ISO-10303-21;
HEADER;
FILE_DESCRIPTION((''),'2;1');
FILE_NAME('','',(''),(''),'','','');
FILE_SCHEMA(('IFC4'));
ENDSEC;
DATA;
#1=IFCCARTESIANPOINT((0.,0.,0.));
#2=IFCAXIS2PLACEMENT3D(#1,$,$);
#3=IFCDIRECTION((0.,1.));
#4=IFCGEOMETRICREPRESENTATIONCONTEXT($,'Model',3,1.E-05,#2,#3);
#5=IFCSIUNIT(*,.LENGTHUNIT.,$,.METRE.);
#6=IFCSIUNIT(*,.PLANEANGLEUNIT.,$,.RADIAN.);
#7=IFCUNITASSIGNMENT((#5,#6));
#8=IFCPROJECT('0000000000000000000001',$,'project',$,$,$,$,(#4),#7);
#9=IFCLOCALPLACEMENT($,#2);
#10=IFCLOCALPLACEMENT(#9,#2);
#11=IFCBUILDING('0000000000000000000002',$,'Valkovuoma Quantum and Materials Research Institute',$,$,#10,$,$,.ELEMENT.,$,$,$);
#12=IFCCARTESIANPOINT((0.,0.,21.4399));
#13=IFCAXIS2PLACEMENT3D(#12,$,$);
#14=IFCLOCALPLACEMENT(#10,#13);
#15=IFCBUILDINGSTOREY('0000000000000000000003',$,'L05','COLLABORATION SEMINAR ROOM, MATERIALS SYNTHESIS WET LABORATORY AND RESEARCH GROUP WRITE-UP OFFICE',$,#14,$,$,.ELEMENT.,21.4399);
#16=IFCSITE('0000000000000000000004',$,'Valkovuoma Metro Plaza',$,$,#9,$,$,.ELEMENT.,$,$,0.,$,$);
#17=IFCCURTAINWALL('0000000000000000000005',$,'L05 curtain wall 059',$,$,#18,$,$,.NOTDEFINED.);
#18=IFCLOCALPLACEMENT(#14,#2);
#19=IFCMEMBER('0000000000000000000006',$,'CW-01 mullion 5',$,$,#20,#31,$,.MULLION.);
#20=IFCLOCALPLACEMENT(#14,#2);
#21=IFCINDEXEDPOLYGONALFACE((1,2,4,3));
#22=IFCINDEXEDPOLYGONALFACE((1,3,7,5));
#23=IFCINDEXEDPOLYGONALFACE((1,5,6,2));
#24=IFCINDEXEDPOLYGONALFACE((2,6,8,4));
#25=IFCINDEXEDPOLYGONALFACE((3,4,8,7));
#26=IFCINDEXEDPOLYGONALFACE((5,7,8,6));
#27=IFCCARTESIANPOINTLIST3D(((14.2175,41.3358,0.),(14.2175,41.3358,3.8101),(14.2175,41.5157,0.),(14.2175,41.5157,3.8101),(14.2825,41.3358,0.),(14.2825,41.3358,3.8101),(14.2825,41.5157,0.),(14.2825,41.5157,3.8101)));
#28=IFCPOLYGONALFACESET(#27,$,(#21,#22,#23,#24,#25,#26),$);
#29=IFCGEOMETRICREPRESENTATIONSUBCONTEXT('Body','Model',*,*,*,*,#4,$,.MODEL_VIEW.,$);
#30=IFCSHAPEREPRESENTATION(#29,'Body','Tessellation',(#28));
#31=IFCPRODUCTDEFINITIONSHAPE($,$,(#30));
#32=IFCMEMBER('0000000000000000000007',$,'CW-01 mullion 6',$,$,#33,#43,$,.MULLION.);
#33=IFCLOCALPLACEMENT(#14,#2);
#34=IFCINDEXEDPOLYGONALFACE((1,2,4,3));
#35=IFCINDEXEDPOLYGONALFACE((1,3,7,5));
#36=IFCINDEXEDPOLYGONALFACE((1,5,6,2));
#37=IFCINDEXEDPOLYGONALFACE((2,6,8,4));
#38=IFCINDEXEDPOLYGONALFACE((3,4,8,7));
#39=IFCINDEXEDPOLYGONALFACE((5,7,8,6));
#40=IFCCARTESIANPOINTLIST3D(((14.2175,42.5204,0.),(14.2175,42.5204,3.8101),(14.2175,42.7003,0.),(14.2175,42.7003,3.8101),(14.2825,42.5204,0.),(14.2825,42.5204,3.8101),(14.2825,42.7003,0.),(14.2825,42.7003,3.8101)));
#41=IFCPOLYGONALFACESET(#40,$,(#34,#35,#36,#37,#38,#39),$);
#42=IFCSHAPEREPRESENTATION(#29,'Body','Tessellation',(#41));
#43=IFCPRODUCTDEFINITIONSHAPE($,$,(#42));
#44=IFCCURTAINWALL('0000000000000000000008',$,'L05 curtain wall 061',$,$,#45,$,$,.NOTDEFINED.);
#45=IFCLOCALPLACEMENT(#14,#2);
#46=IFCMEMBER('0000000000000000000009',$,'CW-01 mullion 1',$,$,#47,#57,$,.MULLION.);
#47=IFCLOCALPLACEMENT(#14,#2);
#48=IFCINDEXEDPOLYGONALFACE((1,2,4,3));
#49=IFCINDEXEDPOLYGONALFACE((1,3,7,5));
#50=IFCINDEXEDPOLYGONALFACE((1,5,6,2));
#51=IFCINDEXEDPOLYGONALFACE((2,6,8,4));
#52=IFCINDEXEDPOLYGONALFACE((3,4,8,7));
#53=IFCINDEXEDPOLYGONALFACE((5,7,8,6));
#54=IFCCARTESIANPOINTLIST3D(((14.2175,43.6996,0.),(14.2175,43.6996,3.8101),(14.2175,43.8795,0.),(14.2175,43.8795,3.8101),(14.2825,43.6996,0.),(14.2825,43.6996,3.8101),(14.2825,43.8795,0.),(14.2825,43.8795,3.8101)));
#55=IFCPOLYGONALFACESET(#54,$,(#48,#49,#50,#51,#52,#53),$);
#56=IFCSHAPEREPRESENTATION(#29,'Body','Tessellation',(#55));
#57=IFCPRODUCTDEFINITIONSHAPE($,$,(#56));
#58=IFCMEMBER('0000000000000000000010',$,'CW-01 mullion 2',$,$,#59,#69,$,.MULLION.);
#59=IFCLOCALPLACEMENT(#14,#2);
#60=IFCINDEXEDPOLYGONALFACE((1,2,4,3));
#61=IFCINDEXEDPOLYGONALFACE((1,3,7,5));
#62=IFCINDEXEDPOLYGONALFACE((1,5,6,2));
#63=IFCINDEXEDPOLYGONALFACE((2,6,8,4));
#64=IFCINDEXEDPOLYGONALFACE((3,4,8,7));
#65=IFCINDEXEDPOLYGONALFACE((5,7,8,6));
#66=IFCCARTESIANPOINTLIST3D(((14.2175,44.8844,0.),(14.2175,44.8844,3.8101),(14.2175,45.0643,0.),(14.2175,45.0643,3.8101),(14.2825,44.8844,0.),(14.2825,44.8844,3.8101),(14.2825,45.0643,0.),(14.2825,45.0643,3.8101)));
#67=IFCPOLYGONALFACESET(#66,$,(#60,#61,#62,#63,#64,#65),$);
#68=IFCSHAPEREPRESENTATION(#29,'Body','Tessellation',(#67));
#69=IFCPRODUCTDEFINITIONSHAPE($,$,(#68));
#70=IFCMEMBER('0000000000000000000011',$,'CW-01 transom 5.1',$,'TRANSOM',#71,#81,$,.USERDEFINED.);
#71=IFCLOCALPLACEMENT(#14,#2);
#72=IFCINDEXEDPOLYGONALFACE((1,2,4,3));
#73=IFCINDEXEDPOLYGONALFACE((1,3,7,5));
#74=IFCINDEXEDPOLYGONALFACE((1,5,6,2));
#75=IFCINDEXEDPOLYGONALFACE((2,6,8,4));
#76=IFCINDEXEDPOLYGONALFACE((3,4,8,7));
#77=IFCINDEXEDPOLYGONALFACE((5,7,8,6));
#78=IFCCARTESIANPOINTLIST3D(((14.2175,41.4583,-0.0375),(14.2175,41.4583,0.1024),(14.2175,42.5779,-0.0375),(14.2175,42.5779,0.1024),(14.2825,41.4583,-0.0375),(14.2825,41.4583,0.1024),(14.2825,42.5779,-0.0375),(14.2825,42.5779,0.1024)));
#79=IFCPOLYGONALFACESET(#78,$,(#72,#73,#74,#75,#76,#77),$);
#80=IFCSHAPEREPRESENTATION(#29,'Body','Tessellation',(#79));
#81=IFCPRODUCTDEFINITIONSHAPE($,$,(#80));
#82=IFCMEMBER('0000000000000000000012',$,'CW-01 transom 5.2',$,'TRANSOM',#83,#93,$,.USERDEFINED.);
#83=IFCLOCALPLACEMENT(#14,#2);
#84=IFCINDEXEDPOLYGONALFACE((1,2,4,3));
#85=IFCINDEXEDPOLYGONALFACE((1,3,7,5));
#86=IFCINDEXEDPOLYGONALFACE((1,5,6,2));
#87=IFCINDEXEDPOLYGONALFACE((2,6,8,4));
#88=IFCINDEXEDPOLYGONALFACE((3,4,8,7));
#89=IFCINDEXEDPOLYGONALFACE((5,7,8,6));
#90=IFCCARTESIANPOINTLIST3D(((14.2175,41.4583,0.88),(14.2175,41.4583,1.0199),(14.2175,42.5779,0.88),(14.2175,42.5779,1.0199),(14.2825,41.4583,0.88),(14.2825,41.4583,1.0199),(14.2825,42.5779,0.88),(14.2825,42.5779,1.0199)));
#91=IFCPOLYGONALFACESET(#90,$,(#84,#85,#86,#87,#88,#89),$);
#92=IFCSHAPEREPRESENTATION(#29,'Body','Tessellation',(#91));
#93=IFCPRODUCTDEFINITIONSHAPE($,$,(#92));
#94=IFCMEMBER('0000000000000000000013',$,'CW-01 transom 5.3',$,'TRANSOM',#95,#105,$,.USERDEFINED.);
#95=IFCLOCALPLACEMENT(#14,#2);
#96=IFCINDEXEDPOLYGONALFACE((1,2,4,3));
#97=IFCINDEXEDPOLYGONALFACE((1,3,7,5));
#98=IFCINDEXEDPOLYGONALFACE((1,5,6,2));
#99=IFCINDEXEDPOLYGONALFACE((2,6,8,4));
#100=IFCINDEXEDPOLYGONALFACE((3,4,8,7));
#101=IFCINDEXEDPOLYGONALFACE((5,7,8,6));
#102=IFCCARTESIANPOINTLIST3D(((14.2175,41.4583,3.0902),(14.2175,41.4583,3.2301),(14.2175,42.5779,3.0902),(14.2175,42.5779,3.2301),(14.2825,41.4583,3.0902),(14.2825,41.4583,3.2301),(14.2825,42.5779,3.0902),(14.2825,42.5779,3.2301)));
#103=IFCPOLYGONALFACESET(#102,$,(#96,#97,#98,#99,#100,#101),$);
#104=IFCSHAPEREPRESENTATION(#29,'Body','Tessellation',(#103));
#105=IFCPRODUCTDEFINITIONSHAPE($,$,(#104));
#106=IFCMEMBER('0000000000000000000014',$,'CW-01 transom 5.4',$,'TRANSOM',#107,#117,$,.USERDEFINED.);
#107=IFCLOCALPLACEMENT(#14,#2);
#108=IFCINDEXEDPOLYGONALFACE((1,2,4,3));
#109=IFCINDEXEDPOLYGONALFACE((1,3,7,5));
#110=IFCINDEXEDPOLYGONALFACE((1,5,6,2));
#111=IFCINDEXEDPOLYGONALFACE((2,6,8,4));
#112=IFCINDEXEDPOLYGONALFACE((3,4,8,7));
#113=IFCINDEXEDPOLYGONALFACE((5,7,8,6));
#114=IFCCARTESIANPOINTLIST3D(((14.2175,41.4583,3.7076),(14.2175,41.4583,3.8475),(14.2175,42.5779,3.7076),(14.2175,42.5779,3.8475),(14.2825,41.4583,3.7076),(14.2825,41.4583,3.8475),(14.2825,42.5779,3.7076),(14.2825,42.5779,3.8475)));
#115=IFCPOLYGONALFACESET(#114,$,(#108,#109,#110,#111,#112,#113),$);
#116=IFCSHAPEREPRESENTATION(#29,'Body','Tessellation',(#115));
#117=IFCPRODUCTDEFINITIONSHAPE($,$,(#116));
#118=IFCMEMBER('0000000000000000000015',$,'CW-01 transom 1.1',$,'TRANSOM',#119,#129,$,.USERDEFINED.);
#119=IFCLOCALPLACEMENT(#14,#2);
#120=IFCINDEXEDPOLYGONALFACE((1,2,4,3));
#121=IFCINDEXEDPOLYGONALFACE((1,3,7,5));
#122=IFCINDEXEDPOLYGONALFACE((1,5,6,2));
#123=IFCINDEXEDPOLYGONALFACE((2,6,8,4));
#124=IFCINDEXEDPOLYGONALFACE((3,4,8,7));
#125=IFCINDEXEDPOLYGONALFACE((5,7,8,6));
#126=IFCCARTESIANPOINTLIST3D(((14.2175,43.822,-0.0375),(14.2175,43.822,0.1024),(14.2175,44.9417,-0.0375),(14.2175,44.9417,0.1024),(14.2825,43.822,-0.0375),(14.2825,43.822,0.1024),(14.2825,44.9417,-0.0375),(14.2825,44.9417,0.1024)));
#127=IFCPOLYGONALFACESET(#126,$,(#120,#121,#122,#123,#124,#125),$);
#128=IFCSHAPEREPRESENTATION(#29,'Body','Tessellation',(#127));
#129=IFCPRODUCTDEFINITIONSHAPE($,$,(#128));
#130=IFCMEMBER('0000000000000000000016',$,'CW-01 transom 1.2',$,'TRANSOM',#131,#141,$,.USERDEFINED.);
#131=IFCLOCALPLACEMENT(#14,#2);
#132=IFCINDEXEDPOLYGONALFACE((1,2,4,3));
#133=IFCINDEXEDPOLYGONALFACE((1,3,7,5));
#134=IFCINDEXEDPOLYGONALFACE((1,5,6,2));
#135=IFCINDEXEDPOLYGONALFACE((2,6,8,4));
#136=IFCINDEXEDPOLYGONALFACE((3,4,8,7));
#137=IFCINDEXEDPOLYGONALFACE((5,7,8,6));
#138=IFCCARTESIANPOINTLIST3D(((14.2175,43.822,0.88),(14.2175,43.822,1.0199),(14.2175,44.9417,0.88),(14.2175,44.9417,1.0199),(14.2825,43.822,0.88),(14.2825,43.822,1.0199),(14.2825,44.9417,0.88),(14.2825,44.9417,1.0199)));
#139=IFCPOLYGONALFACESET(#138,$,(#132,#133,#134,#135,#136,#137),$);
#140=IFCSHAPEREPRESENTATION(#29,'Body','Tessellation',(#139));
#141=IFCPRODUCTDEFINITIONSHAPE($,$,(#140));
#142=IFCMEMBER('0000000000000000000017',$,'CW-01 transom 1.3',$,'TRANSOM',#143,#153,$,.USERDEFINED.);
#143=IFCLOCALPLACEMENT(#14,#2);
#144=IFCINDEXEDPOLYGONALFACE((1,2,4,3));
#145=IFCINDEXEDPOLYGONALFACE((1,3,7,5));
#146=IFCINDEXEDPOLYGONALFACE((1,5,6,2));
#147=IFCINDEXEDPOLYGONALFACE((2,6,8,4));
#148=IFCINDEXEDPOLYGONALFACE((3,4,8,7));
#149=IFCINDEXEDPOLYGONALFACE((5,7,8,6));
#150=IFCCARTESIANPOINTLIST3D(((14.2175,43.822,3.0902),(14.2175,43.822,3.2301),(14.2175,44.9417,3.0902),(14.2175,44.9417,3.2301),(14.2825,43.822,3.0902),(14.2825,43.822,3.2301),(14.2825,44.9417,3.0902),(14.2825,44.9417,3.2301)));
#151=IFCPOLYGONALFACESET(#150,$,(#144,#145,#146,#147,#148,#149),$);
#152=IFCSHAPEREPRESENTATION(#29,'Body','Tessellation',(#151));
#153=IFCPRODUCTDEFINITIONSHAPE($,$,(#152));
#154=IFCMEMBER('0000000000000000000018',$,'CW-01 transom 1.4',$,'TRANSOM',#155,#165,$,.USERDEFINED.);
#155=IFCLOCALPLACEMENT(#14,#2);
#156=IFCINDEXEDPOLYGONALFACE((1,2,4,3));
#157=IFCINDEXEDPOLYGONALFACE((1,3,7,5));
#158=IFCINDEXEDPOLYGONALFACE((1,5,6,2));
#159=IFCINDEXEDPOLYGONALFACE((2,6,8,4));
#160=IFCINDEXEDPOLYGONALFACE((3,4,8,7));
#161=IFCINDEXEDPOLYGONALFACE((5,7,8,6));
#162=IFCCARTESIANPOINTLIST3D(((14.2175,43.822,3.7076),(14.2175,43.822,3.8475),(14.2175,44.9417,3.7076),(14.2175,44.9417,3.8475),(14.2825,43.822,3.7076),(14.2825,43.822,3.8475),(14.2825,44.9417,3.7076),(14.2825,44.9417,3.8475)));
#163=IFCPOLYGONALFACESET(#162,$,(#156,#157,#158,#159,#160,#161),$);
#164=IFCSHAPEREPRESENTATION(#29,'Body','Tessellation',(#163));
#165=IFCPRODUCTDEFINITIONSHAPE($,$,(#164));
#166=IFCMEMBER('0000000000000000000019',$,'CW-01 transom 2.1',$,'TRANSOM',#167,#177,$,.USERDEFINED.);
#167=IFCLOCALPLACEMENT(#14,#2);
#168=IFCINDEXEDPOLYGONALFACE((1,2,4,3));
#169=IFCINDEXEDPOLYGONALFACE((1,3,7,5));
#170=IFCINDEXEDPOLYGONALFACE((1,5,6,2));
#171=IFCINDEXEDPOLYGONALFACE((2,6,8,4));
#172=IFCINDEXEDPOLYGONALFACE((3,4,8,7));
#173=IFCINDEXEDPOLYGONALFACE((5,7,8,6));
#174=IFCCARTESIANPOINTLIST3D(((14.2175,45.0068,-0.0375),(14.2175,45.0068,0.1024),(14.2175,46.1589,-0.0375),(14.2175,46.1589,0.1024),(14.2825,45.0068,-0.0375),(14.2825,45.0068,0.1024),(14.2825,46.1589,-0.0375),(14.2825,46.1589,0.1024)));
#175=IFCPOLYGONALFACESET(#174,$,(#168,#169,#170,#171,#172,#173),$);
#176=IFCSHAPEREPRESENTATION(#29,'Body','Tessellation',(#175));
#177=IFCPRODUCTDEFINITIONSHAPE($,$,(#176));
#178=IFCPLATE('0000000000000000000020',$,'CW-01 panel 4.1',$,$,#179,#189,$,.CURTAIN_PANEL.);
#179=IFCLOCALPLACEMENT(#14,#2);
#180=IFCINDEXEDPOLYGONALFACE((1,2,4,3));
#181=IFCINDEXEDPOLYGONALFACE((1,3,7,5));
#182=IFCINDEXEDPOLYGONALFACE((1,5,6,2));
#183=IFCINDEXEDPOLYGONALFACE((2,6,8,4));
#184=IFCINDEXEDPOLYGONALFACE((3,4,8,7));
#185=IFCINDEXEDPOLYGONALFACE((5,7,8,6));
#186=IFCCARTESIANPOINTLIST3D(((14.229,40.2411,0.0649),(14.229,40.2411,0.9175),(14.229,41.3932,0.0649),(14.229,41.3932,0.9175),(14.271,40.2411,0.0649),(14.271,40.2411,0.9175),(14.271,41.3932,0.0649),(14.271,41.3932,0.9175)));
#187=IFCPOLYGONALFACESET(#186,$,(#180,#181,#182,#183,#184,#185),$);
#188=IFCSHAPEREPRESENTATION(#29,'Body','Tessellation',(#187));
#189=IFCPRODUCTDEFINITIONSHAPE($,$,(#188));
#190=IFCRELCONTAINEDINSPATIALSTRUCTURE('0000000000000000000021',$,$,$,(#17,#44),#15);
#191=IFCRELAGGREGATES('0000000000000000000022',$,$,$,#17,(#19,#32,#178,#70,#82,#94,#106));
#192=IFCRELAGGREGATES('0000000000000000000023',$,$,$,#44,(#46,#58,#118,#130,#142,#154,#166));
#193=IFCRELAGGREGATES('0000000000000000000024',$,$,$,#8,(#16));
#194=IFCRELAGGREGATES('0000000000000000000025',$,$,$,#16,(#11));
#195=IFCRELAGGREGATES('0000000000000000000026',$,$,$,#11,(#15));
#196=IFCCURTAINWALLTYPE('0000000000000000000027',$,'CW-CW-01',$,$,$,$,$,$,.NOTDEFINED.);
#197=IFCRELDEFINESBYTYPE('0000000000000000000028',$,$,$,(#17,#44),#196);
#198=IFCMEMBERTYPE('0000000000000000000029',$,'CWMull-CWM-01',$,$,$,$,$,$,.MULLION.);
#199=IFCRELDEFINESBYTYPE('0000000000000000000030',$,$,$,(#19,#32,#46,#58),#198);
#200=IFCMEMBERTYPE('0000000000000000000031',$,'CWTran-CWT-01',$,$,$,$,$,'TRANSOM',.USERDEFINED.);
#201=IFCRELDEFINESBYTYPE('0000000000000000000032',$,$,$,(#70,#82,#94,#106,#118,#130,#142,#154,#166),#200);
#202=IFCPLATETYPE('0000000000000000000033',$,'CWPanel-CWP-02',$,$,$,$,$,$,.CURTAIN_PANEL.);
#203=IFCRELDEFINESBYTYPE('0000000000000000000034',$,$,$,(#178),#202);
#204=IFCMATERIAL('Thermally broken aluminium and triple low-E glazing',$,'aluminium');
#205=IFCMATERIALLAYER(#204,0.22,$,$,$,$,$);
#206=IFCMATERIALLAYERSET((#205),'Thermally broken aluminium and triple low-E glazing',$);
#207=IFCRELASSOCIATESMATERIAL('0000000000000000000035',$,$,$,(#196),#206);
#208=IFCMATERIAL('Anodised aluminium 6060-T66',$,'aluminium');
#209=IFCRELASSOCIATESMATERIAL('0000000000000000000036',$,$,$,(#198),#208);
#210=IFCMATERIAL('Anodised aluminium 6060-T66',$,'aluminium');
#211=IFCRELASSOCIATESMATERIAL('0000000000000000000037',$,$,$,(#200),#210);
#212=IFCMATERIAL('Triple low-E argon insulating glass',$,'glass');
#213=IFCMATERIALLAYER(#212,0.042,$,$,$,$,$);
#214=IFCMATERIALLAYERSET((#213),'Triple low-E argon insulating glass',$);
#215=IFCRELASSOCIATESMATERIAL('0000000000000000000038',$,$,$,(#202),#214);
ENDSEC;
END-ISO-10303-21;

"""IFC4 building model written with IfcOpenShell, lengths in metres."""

from ifc_helpers import new_model, si_unit, direction, frame, origin, origin_2d, place, context, subcontext, project, spatial, rectangle, extrude, material, layer, layer_set, material_profile, profile_set, type_object, element, aggregate, save


model = new_model("IFC4")

# Units and contexts
model_context = context("Model", 3, precision=1e-05, world=origin(), true_north=direction((0.0, 1.0)))
body_context = subcontext(model_context, "Body", "Model", "MODEL_VIEW")
ifc_project = project(units=[si_unit("LENGTHUNIT", "METRE"), si_unit("PLANEANGLEUNIT", "RADIAN")], contexts=[model_context])

# Site, building, storey
site_placement = place(None, origin())
site = spatial("IfcSite", under=ifc_project, at=site_placement, Name="Valkovuoma Metro Plaza", CompositionType="ELEMENT", RefElevation=0.0)
building_placement = place(site_placement, origin())
building = spatial("IfcBuilding", under=site, at=building_placement, Name="Valkovuoma Quantum and Materials Research Institute", CompositionType="ELEMENT")
storey_placement = place(building_placement, frame((0.0, 0.0, 21.4399)))
storey = spatial("IfcBuildingStorey", under=building, at=storey_placement, Name="L05", Description="COLLABORATION SEMINAR ROOM, MATERIALS SYNTHESIS WET LABORATORY AND RESEARCH GROUP WRITE-UP OFFICE", CompositionType="ELEMENT", Elevation=21.4399)

# Curtain walls, members
ifc_material_1 = material(Name="Thermally broken aluminium and triple low-E glazing", Category="aluminium")
ifc_layer_1 = layer(ifc_material_1, 0.22)
ifc_layer_set_1 = layer_set([ifc_layer_1], Name="Thermally broken aluminium and triple low-E glazing")
curtain_wall_type = type_object("IfcCurtainWallType", Name="CW-CW-01", PredefinedType="NOTDEFINED", material=ifc_layer_set_1)
curtain_wall_1_placement = place(storey_placement, origin())
curtain_wall_1 = element("IfcCurtainWall", 1, at=curtain_wall_1_placement, inside=storey, type_object=curtain_wall_type, Name="L05 curtain wall 059", PredefinedType="NOTDEFINED")
ifc_material_2 = material(Name="Anodised aluminium 6060-T66", Category="aluminium")
ifc_material_profile_1 = material_profile(ifc_material_2, rectangle(XDim=0.0649, YDim=0.1799, at=origin_2d()), Name="Anodised aluminium 6060-T66")
ifc_profile_set_1 = profile_set([ifc_material_profile_1], Name="Anodised aluminium 6060-T66")
member_type_1 = type_object("IfcMemberType", Name="CWMull-CWM-01", PredefinedType="MULLION", material=ifc_profile_set_1)
member_1_placement = place(storey_placement, frame((14.25, 41.4258, 0.0), z_axis=(0.0, 0.0, 1.0), x_axis=(-1.0, 0.0, 0.0)))
member_1 = element("IfcMember", 2, at=member_1_placement, type_object=member_type_1, Name="CW-01 mullion 5", PredefinedType="MULLION", context=body_context, shape_type="SweptSolid", body=[
    extrude(rectangle(XDim=0.0649, YDim=0.1799, at=origin_2d()), origin(), (0.0, 0.0, 1.0), 3.8101),
])
member_2_placement = place(storey_placement, frame((14.25, 42.6104, 0.0), z_axis=(0.0, 0.0, 1.0), x_axis=(-1.0, 0.0, 0.0)))
member_2 = element("IfcMember", 3, at=member_2_placement, type_object=member_type_1, Name="CW-01 mullion 6", PredefinedType="MULLION", context=body_context, shape_type="SweptSolid", body=[
    extrude(rectangle(XDim=0.0649, YDim=0.1799, at=origin_2d()), origin(), (0.0, 0.0, 1.0), 3.8101),
])
curtain_wall_2_placement = place(storey_placement, origin())
curtain_wall_2 = element("IfcCurtainWall", 4, at=curtain_wall_2_placement, inside=storey, type_object=curtain_wall_type, Name="L05 curtain wall 061", PredefinedType="NOTDEFINED")
member_3_placement = place(storey_placement, frame((14.25, 43.7896, 0.0), z_axis=(0.0, 0.0, 1.0), x_axis=(-1.0, 0.0, 0.0)))
member_3 = element("IfcMember", 5, at=member_3_placement, type_object=member_type_1, Name="CW-01 mullion 1", PredefinedType="MULLION", context=body_context, shape_type="SweptSolid", body=[
    extrude(rectangle(XDim=0.0649, YDim=0.1799, at=origin_2d()), origin(), (0.0, 0.0, 1.0), 3.8101),
])
member_4_placement = place(storey_placement, frame((14.25, 44.9744, 0.0), z_axis=(0.0, 0.0, 1.0), x_axis=(-1.0, 0.0, 0.0)))
member_4 = element("IfcMember", 6, at=member_4_placement, type_object=member_type_1, Name="CW-01 mullion 2", PredefinedType="MULLION", context=body_context, shape_type="SweptSolid", body=[
    extrude(rectangle(XDim=0.0649, YDim=0.1799, at=origin_2d()), origin(), (0.0, 0.0, 1.0), 3.8101),
])

# Members
ifc_material_3 = material(Name="Anodised aluminium 6060-T66", Category="aluminium")
ifc_material_profile_2 = material_profile(ifc_material_3, rectangle(XDim=0.0649, YDim=0.1399, at=origin_2d()), Name="Anodised aluminium 6060-T66")
ifc_profile_set_2 = profile_set([ifc_material_profile_2], Name="Anodised aluminium 6060-T66")
member_type_2 = type_object("IfcMemberType", Name="CWTran-CWT-01", ElementType="TRANSOM", PredefinedType="USERDEFINED", material=ifc_profile_set_2)
member_5_placement = place(storey_placement, frame((14.25, 41.4583, 0.0325), z_axis=(0.0, 1.0, 0.0), x_axis=(-1.0, 0.0, 0.0)))
member_5 = element("IfcMember", 7, at=member_5_placement, type_object=member_type_2, Name="CW-01 transom 5.1", ObjectType="TRANSOM", PredefinedType="USERDEFINED", context=body_context, shape_type="SweptSolid", body=[
    extrude(rectangle(XDim=0.0649, YDim=0.1399, at=origin_2d()), origin(), (0.0, 0.0, 1.0), 1.1196),
])
member_6_placement = place(storey_placement, frame((14.25, 41.4583, 0.95), z_axis=(0.0, 1.0, 0.0), x_axis=(-1.0, 0.0, 0.0)))
member_6 = element("IfcMember", 8, at=member_6_placement, type_object=member_type_2, Name="CW-01 transom 5.2", ObjectType="TRANSOM", PredefinedType="USERDEFINED", context=body_context, shape_type="SweptSolid", body=[
    extrude(rectangle(XDim=0.0649, YDim=0.1399, at=origin_2d()), origin(), (0.0, 0.0, 1.0), 1.1196),
])
member_7_placement = place(storey_placement, frame((14.25, 41.4583, 3.1602), z_axis=(0.0, 1.0, 0.0), x_axis=(-1.0, 0.0, 0.0)))
member_7 = element("IfcMember", 9, at=member_7_placement, type_object=member_type_2, Name="CW-01 transom 5.3", ObjectType="TRANSOM", PredefinedType="USERDEFINED", context=body_context, shape_type="SweptSolid", body=[
    extrude(rectangle(XDim=0.0649, YDim=0.1399, at=origin_2d()), origin(), (0.0, 0.0, 1.0), 1.1196),
])
member_8_placement = place(storey_placement, frame((14.25, 41.4583, 3.7776), z_axis=(0.0, 1.0, 0.0), x_axis=(-1.0, 0.0, 0.0)))
member_8 = element("IfcMember", 10, at=member_8_placement, type_object=member_type_2, Name="CW-01 transom 5.4", ObjectType="TRANSOM", PredefinedType="USERDEFINED", context=body_context, shape_type="SweptSolid", body=[
    extrude(rectangle(XDim=0.0649, YDim=0.1399, at=origin_2d()), origin(), (0.0, 0.0, 1.0), 1.1196),
])
member_9_placement = place(storey_placement, frame((14.25, 43.822, 0.0325), z_axis=(0.0, 1.0, 0.0), x_axis=(-1.0, 0.0, 0.0)))
member_9 = element("IfcMember", 11, at=member_9_placement, type_object=member_type_2, Name="CW-01 transom 1.1", ObjectType="TRANSOM", PredefinedType="USERDEFINED", context=body_context, shape_type="SweptSolid", body=[
    extrude(rectangle(XDim=0.0649, YDim=0.1399, at=origin_2d()), origin(), (0.0, 0.0, 1.0), 1.1196),
])
member_10_placement = place(storey_placement, frame((14.25, 43.822, 0.95), z_axis=(0.0, 1.0, 0.0), x_axis=(-1.0, 0.0, 0.0)))
member_10 = element("IfcMember", 12, at=member_10_placement, type_object=member_type_2, Name="CW-01 transom 1.2", ObjectType="TRANSOM", PredefinedType="USERDEFINED", context=body_context, shape_type="SweptSolid", body=[
    extrude(rectangle(XDim=0.0649, YDim=0.1399, at=origin_2d()), origin(), (0.0, 0.0, 1.0), 1.1196),
])
member_11_placement = place(storey_placement, frame((14.25, 43.822, 3.1602), z_axis=(0.0, 1.0, 0.0), x_axis=(-1.0, 0.0, 0.0)))
member_11 = element("IfcMember", 13, at=member_11_placement, type_object=member_type_2, Name="CW-01 transom 1.3", ObjectType="TRANSOM", PredefinedType="USERDEFINED", context=body_context, shape_type="SweptSolid", body=[
    extrude(rectangle(XDim=0.0649, YDim=0.1399, at=origin_2d()), origin(), (0.0, 0.0, 1.0), 1.1196),
])
member_12_placement = place(storey_placement, frame((14.25, 43.822, 3.7776), z_axis=(0.0, 1.0, 0.0), x_axis=(-1.0, 0.0, 0.0)))
member_12 = element("IfcMember", 14, at=member_12_placement, type_object=member_type_2, Name="CW-01 transom 1.4", ObjectType="TRANSOM", PredefinedType="USERDEFINED", context=body_context, shape_type="SweptSolid", body=[
    extrude(rectangle(XDim=0.0649, YDim=0.1399, at=origin_2d()), origin(), (0.0, 0.0, 1.0), 1.1196),
])
member_13_placement = place(storey_placement, frame((14.25, 45.0068, 0.0325), z_axis=(0.0, 1.0, 0.0), x_axis=(-1.0, 0.0, 0.0)))
member_13 = element("IfcMember", 15, at=member_13_placement, type_object=member_type_2, Name="CW-01 transom 2.1", ObjectType="TRANSOM", PredefinedType="USERDEFINED", context=body_context, shape_type="SweptSolid", body=[
    extrude(rectangle(XDim=0.0649, YDim=0.1399, at=origin_2d()), origin(), (0.0, 0.0, 1.0), 1.1521),
])

# Plate
ifc_material_4 = material(Name="Triple low-E argon insulating glass", Category="glass")
ifc_layer_2 = layer(ifc_material_4, 0.042)
ifc_layer_set_2 = layer_set([ifc_layer_2], Name="Triple low-E argon insulating glass")
plate_type = type_object("IfcPlateType", Name="CWPanel-CWP-02", PredefinedType="CURTAIN_PANEL", material=ifc_layer_set_2)
plate_1_placement = place(storey_placement, frame((14.25, 40.8171, 0.0649), z_axis=(0.0, 0.0, 1.0), x_axis=(0.0, 1.0, 0.0)))
plate_1 = element("IfcPlate", 16, at=plate_1_placement, type_object=plate_type, Name="CW-01 panel 4.1", PredefinedType="CURTAIN_PANEL", context=body_context, shape_type="SweptSolid", body=[
    extrude(rectangle(XDim=1.1521, YDim=0.042, at=origin_2d()), origin(), (0.0, 0.0, 1.0), 0.8525),
])
aggregate(curtain_wall_1, [member_1, member_2, plate_1, member_5, member_6, member_7, member_8])
aggregate(curtain_wall_2, [member_3, member_4, member_9, member_10, member_11, member_12, member_13])

save(model, "model.ifc")
